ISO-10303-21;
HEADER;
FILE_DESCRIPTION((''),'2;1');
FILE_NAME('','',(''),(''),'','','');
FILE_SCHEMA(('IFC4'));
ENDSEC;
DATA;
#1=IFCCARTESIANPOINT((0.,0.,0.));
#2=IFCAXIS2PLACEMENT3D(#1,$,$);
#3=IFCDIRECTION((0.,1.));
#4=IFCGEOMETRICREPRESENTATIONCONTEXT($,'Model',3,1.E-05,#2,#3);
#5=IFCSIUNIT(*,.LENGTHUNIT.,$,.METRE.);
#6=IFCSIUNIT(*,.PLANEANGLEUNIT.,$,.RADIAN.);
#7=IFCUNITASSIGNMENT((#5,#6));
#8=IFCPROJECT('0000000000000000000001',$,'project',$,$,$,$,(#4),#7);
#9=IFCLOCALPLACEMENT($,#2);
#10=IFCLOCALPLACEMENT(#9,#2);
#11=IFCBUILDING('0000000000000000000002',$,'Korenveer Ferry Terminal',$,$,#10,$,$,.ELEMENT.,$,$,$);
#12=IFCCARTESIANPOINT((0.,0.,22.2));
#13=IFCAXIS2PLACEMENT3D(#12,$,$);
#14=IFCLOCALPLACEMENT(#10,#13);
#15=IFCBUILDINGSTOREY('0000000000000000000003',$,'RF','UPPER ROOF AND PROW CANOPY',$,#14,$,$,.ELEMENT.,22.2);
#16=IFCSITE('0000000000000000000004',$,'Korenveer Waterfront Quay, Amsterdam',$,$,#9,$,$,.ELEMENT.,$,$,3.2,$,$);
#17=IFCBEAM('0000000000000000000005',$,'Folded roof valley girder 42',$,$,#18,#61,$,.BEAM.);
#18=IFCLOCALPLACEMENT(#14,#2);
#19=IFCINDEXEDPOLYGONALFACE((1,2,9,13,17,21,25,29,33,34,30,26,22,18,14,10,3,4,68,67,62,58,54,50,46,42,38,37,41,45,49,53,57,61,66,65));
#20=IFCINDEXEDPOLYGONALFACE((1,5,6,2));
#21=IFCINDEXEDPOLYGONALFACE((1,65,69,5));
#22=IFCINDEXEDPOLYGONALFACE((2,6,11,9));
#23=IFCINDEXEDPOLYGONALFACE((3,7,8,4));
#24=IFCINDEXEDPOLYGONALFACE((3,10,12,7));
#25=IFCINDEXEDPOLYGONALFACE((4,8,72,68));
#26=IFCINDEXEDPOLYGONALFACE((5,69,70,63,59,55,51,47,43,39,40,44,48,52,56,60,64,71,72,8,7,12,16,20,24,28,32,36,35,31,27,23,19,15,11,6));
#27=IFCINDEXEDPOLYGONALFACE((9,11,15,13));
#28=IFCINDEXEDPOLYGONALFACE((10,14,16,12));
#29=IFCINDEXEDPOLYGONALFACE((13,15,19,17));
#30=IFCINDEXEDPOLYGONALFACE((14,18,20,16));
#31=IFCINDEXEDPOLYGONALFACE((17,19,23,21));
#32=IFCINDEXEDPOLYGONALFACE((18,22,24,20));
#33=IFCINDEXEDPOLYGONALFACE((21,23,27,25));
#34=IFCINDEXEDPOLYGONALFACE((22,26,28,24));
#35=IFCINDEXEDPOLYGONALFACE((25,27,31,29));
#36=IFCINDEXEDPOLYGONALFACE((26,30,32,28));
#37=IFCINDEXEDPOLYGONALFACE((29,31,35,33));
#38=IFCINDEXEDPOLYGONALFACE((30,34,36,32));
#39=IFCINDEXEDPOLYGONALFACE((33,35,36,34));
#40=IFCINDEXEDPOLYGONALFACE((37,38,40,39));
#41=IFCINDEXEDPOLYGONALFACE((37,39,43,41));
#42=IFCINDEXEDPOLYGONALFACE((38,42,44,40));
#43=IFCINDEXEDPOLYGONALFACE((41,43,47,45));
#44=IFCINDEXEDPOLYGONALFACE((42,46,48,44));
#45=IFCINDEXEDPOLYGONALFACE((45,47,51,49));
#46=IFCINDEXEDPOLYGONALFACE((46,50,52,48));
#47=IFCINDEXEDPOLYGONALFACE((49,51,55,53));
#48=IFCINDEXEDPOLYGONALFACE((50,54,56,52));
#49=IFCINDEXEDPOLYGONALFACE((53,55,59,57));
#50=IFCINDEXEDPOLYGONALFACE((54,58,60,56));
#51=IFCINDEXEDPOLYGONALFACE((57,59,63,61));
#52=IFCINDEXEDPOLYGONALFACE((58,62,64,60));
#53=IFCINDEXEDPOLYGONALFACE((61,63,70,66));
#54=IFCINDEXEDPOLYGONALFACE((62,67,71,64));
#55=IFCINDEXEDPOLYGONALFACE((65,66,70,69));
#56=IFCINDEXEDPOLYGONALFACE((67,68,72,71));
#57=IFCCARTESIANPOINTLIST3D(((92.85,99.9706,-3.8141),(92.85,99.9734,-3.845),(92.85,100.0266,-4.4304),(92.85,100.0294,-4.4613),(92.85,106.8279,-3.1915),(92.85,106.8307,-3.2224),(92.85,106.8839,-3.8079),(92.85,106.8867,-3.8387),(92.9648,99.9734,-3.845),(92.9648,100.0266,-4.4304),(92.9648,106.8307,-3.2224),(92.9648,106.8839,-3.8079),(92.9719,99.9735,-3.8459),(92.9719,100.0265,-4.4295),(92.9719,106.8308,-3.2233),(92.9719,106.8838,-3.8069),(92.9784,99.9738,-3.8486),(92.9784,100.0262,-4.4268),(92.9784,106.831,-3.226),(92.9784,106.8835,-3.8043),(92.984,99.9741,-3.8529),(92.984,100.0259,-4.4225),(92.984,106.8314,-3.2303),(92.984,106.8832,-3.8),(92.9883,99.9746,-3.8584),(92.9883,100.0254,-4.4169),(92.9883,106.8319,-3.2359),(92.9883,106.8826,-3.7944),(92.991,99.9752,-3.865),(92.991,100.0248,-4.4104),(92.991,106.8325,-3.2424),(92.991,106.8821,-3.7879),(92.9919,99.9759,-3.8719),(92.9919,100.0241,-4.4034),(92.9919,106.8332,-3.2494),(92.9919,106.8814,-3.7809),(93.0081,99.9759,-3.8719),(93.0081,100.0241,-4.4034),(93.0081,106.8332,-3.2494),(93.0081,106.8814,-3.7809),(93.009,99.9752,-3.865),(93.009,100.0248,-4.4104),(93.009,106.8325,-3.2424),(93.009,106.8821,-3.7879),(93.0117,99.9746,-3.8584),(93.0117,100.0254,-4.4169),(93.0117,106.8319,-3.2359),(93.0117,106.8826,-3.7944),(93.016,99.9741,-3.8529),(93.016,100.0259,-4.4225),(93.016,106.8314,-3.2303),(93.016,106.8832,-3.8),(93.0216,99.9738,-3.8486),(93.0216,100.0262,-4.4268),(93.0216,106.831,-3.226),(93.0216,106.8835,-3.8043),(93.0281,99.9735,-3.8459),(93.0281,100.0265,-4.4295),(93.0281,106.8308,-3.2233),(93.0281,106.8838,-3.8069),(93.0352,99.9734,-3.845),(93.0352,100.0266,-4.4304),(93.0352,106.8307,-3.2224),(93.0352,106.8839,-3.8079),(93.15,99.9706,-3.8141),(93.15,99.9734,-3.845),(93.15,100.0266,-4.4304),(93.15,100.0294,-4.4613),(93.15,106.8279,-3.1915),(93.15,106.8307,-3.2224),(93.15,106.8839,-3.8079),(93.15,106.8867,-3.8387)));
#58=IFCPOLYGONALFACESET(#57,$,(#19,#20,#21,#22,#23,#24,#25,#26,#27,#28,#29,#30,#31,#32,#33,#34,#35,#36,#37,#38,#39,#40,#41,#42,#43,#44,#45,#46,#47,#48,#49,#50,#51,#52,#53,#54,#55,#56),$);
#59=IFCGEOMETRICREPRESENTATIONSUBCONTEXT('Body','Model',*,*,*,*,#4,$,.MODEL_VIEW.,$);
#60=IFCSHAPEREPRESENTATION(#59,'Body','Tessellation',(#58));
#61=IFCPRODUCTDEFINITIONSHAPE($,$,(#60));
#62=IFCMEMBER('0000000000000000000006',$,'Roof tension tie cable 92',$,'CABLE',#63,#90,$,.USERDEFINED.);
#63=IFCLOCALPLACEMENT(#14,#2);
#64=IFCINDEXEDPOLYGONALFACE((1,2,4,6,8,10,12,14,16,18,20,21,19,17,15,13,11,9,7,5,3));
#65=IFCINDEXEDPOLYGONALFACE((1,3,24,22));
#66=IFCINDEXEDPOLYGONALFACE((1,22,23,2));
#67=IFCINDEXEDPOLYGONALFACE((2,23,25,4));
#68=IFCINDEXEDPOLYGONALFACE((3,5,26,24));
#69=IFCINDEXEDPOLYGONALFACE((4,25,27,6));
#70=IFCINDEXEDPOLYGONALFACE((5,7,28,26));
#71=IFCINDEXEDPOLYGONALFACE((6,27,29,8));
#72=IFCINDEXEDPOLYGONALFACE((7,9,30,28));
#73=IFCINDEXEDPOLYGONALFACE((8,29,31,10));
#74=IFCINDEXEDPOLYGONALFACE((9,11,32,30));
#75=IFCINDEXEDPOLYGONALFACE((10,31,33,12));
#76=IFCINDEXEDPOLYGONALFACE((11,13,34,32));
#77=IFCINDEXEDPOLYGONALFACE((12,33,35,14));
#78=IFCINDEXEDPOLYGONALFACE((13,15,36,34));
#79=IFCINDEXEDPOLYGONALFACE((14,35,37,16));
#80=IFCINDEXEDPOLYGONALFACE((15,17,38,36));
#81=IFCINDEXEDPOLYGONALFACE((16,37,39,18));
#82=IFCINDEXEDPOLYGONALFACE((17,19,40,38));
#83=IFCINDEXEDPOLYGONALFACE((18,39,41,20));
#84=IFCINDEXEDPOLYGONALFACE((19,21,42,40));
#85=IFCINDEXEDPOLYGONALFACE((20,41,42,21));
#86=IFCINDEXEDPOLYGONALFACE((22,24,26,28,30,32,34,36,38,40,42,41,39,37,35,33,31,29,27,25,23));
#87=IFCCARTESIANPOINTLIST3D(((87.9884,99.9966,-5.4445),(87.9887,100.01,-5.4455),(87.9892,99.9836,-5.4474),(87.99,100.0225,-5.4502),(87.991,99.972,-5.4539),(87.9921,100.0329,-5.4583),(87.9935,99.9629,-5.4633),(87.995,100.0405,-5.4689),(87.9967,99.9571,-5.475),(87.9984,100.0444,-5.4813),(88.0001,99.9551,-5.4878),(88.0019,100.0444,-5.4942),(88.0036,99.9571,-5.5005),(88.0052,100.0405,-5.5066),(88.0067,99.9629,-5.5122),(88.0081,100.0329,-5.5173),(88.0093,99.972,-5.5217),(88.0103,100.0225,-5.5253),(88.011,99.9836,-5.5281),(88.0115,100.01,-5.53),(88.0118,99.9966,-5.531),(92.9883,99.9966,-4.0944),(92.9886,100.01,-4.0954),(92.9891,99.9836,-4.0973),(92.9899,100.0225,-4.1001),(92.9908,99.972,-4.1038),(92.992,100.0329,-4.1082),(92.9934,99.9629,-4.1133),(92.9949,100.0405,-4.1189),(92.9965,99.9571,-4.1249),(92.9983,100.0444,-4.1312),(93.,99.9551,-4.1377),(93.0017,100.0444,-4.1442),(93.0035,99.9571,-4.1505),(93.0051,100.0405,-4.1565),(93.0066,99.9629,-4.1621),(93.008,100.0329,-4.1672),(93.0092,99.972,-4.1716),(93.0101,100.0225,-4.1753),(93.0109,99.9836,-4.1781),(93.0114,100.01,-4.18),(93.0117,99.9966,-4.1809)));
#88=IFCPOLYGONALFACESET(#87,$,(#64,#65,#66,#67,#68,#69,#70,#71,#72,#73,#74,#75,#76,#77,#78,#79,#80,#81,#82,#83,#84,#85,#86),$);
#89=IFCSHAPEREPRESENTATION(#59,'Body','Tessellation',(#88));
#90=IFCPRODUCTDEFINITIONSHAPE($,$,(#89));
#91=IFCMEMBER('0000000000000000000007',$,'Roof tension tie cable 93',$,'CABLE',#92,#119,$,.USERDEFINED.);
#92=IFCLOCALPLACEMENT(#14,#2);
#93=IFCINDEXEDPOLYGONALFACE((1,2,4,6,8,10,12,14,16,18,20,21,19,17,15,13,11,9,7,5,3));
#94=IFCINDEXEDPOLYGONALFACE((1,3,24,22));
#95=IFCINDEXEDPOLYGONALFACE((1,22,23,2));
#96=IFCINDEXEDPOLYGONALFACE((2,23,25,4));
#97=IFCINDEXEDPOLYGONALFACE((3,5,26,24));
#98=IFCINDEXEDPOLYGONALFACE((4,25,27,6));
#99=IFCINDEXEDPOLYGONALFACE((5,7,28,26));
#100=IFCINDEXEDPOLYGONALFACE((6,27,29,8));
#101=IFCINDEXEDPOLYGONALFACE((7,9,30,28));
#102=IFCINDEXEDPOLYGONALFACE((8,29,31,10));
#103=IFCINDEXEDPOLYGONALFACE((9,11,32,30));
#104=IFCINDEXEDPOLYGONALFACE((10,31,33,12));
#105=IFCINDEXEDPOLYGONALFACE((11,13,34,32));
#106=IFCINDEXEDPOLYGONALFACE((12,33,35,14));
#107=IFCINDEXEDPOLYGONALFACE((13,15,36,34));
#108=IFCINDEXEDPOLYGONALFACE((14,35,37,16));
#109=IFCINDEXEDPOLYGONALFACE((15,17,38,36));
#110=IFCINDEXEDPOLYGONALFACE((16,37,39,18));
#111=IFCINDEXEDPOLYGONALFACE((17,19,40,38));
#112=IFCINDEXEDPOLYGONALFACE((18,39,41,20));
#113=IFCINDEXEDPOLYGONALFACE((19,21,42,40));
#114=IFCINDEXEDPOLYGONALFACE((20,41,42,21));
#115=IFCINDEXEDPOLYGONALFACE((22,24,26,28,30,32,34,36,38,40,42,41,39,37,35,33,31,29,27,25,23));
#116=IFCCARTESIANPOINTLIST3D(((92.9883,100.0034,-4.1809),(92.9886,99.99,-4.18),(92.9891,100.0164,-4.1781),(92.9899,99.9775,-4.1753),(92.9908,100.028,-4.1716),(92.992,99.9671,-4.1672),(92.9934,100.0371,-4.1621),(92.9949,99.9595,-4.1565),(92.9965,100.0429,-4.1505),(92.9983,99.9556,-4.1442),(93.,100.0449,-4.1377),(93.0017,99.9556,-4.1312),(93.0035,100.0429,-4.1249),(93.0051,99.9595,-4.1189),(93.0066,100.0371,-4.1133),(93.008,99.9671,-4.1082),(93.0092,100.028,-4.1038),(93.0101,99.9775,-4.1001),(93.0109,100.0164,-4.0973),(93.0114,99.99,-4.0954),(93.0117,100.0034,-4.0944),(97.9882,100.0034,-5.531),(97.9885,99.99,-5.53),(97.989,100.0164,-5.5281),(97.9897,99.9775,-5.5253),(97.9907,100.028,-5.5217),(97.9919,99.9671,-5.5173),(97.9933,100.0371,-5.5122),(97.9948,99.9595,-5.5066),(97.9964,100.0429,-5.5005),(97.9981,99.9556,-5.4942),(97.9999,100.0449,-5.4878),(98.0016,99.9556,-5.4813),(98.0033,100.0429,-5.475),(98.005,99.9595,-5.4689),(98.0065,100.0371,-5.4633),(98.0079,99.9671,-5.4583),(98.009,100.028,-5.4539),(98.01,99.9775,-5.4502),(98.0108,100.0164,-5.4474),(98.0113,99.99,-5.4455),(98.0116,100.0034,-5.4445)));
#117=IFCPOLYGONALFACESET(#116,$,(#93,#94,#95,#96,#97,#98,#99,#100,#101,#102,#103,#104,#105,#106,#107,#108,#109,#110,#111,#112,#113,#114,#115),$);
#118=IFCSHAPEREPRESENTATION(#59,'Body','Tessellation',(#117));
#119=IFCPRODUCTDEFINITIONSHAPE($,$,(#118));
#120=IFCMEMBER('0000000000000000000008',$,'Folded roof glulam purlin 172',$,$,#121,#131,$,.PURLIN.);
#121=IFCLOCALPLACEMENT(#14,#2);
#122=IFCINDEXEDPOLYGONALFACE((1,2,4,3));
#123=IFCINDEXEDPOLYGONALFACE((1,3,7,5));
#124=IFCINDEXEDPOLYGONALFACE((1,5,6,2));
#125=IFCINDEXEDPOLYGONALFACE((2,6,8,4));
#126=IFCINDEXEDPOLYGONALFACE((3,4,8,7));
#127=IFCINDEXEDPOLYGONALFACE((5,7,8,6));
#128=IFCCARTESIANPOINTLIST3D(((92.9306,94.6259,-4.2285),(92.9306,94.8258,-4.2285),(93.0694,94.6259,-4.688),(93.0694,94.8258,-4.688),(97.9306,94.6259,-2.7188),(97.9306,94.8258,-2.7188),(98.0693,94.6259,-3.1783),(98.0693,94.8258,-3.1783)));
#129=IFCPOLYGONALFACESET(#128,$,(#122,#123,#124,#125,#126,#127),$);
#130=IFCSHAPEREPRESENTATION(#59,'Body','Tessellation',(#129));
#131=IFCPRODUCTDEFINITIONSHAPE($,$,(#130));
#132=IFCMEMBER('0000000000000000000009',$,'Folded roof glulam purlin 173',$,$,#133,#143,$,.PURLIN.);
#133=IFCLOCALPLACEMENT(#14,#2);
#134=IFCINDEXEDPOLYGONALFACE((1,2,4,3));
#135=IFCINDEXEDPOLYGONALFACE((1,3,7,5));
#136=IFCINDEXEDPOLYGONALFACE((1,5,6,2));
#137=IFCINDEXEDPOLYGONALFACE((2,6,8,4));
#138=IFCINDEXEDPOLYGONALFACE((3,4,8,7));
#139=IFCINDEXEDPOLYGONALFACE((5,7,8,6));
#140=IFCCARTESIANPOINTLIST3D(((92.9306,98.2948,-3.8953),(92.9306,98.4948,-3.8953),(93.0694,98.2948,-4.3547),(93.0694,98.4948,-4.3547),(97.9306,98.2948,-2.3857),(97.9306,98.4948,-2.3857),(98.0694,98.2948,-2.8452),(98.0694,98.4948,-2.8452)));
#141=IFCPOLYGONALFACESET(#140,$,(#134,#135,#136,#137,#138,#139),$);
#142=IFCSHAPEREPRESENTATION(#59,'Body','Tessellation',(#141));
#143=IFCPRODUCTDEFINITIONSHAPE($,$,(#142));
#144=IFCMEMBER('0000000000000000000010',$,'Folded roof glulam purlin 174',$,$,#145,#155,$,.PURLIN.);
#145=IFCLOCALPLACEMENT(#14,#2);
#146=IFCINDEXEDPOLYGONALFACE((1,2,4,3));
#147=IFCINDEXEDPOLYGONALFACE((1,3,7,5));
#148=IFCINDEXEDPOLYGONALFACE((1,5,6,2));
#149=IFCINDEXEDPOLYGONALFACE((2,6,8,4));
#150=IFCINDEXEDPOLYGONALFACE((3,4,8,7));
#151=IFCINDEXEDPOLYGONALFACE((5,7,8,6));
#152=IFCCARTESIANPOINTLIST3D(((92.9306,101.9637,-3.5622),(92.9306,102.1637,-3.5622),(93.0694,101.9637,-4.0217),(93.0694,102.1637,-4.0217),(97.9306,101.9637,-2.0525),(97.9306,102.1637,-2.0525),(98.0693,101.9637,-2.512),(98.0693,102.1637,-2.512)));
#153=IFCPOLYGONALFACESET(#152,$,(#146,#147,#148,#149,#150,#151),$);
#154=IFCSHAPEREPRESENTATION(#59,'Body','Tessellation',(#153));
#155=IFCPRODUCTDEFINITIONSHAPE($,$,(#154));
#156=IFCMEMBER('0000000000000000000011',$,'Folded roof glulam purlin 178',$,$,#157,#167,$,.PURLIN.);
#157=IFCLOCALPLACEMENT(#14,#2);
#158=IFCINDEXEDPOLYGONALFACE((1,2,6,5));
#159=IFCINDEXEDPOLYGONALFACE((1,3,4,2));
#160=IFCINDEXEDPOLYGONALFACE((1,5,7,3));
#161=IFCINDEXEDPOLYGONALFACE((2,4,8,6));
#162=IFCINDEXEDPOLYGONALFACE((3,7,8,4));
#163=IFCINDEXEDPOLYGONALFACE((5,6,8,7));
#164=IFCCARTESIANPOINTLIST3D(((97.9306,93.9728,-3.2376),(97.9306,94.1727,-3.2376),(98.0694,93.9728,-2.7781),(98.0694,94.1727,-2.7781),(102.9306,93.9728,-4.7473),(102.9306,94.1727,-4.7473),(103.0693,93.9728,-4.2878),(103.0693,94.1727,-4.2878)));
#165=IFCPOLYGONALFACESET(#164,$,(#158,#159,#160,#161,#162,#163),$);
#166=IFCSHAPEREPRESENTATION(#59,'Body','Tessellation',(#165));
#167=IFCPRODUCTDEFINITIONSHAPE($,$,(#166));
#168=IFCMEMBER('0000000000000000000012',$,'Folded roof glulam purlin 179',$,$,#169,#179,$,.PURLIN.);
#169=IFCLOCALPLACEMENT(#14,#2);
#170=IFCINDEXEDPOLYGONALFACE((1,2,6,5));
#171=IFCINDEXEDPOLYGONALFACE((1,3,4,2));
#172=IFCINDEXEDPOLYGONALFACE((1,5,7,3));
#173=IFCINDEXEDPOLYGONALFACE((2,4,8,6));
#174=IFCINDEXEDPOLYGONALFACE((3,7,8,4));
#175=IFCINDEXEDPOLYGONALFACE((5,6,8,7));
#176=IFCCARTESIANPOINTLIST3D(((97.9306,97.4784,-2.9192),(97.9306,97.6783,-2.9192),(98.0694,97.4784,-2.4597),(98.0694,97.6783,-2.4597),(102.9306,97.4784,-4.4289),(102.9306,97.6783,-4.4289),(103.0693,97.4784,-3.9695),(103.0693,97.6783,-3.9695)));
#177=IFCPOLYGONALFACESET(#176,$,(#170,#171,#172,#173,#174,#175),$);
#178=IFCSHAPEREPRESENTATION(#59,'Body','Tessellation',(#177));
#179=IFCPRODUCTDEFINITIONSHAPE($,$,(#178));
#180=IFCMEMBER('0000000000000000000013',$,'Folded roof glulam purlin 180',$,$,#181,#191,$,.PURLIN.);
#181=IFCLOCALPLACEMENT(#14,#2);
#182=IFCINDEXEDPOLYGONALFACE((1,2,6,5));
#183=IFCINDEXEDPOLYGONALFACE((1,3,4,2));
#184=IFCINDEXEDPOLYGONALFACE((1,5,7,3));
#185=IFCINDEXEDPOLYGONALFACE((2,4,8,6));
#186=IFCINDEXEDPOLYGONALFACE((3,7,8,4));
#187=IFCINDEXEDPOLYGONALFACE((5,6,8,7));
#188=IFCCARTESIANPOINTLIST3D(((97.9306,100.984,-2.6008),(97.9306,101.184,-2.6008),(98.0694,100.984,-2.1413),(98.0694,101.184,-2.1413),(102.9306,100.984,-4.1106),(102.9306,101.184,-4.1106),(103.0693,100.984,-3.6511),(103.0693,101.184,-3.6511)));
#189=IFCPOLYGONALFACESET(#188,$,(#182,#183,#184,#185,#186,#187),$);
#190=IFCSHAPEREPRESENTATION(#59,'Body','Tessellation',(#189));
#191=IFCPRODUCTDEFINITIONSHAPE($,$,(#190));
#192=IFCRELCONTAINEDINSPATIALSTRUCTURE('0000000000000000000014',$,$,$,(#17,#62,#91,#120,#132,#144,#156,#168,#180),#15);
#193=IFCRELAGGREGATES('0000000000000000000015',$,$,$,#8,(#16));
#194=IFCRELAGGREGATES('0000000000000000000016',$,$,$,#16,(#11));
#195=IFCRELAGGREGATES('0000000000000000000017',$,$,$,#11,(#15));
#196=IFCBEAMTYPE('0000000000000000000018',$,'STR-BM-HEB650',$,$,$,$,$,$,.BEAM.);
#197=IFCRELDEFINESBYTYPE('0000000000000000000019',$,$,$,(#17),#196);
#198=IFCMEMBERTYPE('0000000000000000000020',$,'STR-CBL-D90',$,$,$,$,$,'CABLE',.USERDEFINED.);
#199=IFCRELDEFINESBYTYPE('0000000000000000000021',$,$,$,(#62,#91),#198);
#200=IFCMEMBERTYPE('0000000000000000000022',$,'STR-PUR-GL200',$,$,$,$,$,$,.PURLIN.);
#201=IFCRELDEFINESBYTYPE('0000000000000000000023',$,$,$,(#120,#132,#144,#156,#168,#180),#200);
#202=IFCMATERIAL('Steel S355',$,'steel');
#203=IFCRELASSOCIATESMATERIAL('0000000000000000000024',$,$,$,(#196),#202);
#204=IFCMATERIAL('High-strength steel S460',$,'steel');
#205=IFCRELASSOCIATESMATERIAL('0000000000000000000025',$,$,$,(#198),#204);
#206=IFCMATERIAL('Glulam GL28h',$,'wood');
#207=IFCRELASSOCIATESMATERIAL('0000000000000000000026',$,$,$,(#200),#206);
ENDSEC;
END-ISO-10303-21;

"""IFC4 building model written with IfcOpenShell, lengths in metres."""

from ifc_helpers import new_model, si_unit, direction, frame, origin, origin_2d, place, context, subcontext, project, spatial, rectangle, circle, i_section, extrude, material, material_profile, profile_set, type_object, element, save


model = new_model("IFC4")

# Units and contexts
model_context = context("Model", 3, precision=1e-05, world=origin(), true_north=direction((0.0, 1.0)))
body_context = subcontext(model_context, "Body", "Model", "MODEL_VIEW")
ifc_project = project(units=[si_unit("LENGTHUNIT", "METRE"), si_unit("PLANEANGLEUNIT", "RADIAN")], contexts=[model_context])

# Site, building, storey
site_placement = place(None, origin())
site = spatial("IfcSite", under=ifc_project, at=site_placement, Name="Korenveer Waterfront Quay, Amsterdam", CompositionType="ELEMENT", RefElevation=3.2)
building_placement = place(site_placement, origin())
building = spatial("IfcBuilding", under=site, at=building_placement, Name="Korenveer Ferry Terminal", CompositionType="ELEMENT")
storey_placement = place(building_placement, frame((0.0, 0.0, 22.2)))
storey = spatial("IfcBuildingStorey", under=building, at=storey_placement, Name="RF", Description="UPPER ROOF AND PROW CANOPY", CompositionType="ELEMENT", Elevation=22.2)

# Beam
ifc_material_1 = material(Name="Steel S355", Category="steel")
ifc_material_profile_1 = material_profile(ifc_material_1, i_section(OverallWidth=0.3, OverallDepth=0.6499, WebThickness=0.0161, FlangeThickness=0.031, FilletRadius=0.0271, at=origin_2d()), Name="HEB 650")
ifc_profile_set_1 = profile_set([ifc_material_profile_1], Name="Steel S355")
beam_type_1 = type_object("IfcBeamType", Name="STR-BM-HEB650", PredefinedType="BEAM", material=ifc_profile_set_1)
beam_1_placement = place(storey_placement, frame((93.0, 100.0, -4.1377), z_axis=(0.0, 0.995904, 0.090417), x_axis=(-1.0, 0.0, 0.0)))
element("IfcBeam", 1, at=beam_1_placement, inside=storey, type_object=beam_type_1, Name="Folded roof valley girder 42", PredefinedType="BEAM", context=body_context, shape_type="SweptSolid", body=[
    extrude(i_section(OverallWidth=0.3, OverallDepth=0.6499, WebThickness=0.0161, FlangeThickness=0.031, FilletRadius=0.0271, at=origin_2d()), origin(), (0.0, 0.0, 1.0), 6.8855),
])

# Members
ifc_material_2 = material(Name="High-strength steel S460", Category="steel")
ifc_material_profile_2 = material_profile(ifc_material_2, circle(Radius=0.0449, at=origin_2d()), Name="ROD D90")
ifc_profile_set_2 = profile_set([ifc_material_profile_2], Name="High-strength steel S460")
member_type_1 = type_object("IfcMemberType", Name="STR-CBL-D90", ElementType="CABLE", PredefinedType="USERDEFINED", material=ifc_profile_set_2)
for number, where, z_axis, x_axis, name in (
    (2, (93.0, 100.0, -4.1377), (-0.965424, 0.0, -0.260683), (0.0, -1.0, 0.0), "Roof tension tie cable 92"),
    (3, (93.0, 100.0, -4.1377), (0.965424, 0.0, -0.260683), (0.0, 1.0, 0.0), "Roof tension tie cable 93"),
):
    element("IfcMember", number, at=place(storey_placement, frame(where, z_axis=z_axis, x_axis=x_axis)), inside=storey, type_object=member_type_1, Name=name, ObjectType="CABLE", PredefinedType="USERDEFINED", context=body_context, shape_type="SweptSolid", body=[
        extrude(circle(Radius=0.0449, at=origin_2d()), origin(), (0.0, 0.0, 1.0), 5.179),
    ])
ifc_material_3 = material(Name="Glulam GL28h", Category="wood")
ifc_material_profile_3 = material_profile(ifc_material_3, rectangle(XDim=0.2, YDim=0.48, at=origin_2d()), Name="GL 200x480")
ifc_profile_set_3 = profile_set([ifc_material_profile_3], Name="Glulam GL28h")
member_type_2 = type_object("IfcMemberType", Name="STR-PUR-GL200", PredefinedType="PURLIN", material=ifc_profile_set_3)
for number, where, z_axis, x_axis, name in (
    (4, (93.0, 94.7258, -4.4583), (0.95731, 0.0, 0.289063), (0.0, 1.0, 0.0), "Folded roof glulam purlin 172"),
    (5, (93.0, 98.3948, -4.125), (0.957323, 0.0, 0.28902), (0.0, 1.0, 0.0), "Folded roof glulam purlin 173"),
    (6, (93.0, 102.0637, -3.792), (0.95731, 0.0, 0.289063), (0.0, 1.0, 0.0), "Folded roof glulam purlin 174"),
    (7, (98.0, 94.0728, -3.0078), (0.95731, 0.0, -0.289063), (0.0, 1.0, 0.0), "Folded roof glulam purlin 178"),
    (8, (98.0, 97.5784, -2.6895), (0.95731, 0.0, -0.289063), (0.0, 1.0, 0.0), "Folded roof glulam purlin 179"),
    (9, (98.0, 101.084, -2.3711), (0.95731, 0.0, -0.289063), (0.0, 1.0, 0.0), "Folded roof glulam purlin 180"),
):
    element("IfcMember", number, at=place(storey_placement, frame(where, z_axis=z_axis, x_axis=x_axis)), inside=storey, type_object=member_type_2, Name=name, PredefinedType="PURLIN", context=body_context, shape_type="SweptSolid", body=[
        extrude(rectangle(XDim=0.2, YDim=0.48, at=origin_2d()), origin(), (0.0, 0.0, 1.0), 5.2229),
    ])

save(model, "model.ifc")
